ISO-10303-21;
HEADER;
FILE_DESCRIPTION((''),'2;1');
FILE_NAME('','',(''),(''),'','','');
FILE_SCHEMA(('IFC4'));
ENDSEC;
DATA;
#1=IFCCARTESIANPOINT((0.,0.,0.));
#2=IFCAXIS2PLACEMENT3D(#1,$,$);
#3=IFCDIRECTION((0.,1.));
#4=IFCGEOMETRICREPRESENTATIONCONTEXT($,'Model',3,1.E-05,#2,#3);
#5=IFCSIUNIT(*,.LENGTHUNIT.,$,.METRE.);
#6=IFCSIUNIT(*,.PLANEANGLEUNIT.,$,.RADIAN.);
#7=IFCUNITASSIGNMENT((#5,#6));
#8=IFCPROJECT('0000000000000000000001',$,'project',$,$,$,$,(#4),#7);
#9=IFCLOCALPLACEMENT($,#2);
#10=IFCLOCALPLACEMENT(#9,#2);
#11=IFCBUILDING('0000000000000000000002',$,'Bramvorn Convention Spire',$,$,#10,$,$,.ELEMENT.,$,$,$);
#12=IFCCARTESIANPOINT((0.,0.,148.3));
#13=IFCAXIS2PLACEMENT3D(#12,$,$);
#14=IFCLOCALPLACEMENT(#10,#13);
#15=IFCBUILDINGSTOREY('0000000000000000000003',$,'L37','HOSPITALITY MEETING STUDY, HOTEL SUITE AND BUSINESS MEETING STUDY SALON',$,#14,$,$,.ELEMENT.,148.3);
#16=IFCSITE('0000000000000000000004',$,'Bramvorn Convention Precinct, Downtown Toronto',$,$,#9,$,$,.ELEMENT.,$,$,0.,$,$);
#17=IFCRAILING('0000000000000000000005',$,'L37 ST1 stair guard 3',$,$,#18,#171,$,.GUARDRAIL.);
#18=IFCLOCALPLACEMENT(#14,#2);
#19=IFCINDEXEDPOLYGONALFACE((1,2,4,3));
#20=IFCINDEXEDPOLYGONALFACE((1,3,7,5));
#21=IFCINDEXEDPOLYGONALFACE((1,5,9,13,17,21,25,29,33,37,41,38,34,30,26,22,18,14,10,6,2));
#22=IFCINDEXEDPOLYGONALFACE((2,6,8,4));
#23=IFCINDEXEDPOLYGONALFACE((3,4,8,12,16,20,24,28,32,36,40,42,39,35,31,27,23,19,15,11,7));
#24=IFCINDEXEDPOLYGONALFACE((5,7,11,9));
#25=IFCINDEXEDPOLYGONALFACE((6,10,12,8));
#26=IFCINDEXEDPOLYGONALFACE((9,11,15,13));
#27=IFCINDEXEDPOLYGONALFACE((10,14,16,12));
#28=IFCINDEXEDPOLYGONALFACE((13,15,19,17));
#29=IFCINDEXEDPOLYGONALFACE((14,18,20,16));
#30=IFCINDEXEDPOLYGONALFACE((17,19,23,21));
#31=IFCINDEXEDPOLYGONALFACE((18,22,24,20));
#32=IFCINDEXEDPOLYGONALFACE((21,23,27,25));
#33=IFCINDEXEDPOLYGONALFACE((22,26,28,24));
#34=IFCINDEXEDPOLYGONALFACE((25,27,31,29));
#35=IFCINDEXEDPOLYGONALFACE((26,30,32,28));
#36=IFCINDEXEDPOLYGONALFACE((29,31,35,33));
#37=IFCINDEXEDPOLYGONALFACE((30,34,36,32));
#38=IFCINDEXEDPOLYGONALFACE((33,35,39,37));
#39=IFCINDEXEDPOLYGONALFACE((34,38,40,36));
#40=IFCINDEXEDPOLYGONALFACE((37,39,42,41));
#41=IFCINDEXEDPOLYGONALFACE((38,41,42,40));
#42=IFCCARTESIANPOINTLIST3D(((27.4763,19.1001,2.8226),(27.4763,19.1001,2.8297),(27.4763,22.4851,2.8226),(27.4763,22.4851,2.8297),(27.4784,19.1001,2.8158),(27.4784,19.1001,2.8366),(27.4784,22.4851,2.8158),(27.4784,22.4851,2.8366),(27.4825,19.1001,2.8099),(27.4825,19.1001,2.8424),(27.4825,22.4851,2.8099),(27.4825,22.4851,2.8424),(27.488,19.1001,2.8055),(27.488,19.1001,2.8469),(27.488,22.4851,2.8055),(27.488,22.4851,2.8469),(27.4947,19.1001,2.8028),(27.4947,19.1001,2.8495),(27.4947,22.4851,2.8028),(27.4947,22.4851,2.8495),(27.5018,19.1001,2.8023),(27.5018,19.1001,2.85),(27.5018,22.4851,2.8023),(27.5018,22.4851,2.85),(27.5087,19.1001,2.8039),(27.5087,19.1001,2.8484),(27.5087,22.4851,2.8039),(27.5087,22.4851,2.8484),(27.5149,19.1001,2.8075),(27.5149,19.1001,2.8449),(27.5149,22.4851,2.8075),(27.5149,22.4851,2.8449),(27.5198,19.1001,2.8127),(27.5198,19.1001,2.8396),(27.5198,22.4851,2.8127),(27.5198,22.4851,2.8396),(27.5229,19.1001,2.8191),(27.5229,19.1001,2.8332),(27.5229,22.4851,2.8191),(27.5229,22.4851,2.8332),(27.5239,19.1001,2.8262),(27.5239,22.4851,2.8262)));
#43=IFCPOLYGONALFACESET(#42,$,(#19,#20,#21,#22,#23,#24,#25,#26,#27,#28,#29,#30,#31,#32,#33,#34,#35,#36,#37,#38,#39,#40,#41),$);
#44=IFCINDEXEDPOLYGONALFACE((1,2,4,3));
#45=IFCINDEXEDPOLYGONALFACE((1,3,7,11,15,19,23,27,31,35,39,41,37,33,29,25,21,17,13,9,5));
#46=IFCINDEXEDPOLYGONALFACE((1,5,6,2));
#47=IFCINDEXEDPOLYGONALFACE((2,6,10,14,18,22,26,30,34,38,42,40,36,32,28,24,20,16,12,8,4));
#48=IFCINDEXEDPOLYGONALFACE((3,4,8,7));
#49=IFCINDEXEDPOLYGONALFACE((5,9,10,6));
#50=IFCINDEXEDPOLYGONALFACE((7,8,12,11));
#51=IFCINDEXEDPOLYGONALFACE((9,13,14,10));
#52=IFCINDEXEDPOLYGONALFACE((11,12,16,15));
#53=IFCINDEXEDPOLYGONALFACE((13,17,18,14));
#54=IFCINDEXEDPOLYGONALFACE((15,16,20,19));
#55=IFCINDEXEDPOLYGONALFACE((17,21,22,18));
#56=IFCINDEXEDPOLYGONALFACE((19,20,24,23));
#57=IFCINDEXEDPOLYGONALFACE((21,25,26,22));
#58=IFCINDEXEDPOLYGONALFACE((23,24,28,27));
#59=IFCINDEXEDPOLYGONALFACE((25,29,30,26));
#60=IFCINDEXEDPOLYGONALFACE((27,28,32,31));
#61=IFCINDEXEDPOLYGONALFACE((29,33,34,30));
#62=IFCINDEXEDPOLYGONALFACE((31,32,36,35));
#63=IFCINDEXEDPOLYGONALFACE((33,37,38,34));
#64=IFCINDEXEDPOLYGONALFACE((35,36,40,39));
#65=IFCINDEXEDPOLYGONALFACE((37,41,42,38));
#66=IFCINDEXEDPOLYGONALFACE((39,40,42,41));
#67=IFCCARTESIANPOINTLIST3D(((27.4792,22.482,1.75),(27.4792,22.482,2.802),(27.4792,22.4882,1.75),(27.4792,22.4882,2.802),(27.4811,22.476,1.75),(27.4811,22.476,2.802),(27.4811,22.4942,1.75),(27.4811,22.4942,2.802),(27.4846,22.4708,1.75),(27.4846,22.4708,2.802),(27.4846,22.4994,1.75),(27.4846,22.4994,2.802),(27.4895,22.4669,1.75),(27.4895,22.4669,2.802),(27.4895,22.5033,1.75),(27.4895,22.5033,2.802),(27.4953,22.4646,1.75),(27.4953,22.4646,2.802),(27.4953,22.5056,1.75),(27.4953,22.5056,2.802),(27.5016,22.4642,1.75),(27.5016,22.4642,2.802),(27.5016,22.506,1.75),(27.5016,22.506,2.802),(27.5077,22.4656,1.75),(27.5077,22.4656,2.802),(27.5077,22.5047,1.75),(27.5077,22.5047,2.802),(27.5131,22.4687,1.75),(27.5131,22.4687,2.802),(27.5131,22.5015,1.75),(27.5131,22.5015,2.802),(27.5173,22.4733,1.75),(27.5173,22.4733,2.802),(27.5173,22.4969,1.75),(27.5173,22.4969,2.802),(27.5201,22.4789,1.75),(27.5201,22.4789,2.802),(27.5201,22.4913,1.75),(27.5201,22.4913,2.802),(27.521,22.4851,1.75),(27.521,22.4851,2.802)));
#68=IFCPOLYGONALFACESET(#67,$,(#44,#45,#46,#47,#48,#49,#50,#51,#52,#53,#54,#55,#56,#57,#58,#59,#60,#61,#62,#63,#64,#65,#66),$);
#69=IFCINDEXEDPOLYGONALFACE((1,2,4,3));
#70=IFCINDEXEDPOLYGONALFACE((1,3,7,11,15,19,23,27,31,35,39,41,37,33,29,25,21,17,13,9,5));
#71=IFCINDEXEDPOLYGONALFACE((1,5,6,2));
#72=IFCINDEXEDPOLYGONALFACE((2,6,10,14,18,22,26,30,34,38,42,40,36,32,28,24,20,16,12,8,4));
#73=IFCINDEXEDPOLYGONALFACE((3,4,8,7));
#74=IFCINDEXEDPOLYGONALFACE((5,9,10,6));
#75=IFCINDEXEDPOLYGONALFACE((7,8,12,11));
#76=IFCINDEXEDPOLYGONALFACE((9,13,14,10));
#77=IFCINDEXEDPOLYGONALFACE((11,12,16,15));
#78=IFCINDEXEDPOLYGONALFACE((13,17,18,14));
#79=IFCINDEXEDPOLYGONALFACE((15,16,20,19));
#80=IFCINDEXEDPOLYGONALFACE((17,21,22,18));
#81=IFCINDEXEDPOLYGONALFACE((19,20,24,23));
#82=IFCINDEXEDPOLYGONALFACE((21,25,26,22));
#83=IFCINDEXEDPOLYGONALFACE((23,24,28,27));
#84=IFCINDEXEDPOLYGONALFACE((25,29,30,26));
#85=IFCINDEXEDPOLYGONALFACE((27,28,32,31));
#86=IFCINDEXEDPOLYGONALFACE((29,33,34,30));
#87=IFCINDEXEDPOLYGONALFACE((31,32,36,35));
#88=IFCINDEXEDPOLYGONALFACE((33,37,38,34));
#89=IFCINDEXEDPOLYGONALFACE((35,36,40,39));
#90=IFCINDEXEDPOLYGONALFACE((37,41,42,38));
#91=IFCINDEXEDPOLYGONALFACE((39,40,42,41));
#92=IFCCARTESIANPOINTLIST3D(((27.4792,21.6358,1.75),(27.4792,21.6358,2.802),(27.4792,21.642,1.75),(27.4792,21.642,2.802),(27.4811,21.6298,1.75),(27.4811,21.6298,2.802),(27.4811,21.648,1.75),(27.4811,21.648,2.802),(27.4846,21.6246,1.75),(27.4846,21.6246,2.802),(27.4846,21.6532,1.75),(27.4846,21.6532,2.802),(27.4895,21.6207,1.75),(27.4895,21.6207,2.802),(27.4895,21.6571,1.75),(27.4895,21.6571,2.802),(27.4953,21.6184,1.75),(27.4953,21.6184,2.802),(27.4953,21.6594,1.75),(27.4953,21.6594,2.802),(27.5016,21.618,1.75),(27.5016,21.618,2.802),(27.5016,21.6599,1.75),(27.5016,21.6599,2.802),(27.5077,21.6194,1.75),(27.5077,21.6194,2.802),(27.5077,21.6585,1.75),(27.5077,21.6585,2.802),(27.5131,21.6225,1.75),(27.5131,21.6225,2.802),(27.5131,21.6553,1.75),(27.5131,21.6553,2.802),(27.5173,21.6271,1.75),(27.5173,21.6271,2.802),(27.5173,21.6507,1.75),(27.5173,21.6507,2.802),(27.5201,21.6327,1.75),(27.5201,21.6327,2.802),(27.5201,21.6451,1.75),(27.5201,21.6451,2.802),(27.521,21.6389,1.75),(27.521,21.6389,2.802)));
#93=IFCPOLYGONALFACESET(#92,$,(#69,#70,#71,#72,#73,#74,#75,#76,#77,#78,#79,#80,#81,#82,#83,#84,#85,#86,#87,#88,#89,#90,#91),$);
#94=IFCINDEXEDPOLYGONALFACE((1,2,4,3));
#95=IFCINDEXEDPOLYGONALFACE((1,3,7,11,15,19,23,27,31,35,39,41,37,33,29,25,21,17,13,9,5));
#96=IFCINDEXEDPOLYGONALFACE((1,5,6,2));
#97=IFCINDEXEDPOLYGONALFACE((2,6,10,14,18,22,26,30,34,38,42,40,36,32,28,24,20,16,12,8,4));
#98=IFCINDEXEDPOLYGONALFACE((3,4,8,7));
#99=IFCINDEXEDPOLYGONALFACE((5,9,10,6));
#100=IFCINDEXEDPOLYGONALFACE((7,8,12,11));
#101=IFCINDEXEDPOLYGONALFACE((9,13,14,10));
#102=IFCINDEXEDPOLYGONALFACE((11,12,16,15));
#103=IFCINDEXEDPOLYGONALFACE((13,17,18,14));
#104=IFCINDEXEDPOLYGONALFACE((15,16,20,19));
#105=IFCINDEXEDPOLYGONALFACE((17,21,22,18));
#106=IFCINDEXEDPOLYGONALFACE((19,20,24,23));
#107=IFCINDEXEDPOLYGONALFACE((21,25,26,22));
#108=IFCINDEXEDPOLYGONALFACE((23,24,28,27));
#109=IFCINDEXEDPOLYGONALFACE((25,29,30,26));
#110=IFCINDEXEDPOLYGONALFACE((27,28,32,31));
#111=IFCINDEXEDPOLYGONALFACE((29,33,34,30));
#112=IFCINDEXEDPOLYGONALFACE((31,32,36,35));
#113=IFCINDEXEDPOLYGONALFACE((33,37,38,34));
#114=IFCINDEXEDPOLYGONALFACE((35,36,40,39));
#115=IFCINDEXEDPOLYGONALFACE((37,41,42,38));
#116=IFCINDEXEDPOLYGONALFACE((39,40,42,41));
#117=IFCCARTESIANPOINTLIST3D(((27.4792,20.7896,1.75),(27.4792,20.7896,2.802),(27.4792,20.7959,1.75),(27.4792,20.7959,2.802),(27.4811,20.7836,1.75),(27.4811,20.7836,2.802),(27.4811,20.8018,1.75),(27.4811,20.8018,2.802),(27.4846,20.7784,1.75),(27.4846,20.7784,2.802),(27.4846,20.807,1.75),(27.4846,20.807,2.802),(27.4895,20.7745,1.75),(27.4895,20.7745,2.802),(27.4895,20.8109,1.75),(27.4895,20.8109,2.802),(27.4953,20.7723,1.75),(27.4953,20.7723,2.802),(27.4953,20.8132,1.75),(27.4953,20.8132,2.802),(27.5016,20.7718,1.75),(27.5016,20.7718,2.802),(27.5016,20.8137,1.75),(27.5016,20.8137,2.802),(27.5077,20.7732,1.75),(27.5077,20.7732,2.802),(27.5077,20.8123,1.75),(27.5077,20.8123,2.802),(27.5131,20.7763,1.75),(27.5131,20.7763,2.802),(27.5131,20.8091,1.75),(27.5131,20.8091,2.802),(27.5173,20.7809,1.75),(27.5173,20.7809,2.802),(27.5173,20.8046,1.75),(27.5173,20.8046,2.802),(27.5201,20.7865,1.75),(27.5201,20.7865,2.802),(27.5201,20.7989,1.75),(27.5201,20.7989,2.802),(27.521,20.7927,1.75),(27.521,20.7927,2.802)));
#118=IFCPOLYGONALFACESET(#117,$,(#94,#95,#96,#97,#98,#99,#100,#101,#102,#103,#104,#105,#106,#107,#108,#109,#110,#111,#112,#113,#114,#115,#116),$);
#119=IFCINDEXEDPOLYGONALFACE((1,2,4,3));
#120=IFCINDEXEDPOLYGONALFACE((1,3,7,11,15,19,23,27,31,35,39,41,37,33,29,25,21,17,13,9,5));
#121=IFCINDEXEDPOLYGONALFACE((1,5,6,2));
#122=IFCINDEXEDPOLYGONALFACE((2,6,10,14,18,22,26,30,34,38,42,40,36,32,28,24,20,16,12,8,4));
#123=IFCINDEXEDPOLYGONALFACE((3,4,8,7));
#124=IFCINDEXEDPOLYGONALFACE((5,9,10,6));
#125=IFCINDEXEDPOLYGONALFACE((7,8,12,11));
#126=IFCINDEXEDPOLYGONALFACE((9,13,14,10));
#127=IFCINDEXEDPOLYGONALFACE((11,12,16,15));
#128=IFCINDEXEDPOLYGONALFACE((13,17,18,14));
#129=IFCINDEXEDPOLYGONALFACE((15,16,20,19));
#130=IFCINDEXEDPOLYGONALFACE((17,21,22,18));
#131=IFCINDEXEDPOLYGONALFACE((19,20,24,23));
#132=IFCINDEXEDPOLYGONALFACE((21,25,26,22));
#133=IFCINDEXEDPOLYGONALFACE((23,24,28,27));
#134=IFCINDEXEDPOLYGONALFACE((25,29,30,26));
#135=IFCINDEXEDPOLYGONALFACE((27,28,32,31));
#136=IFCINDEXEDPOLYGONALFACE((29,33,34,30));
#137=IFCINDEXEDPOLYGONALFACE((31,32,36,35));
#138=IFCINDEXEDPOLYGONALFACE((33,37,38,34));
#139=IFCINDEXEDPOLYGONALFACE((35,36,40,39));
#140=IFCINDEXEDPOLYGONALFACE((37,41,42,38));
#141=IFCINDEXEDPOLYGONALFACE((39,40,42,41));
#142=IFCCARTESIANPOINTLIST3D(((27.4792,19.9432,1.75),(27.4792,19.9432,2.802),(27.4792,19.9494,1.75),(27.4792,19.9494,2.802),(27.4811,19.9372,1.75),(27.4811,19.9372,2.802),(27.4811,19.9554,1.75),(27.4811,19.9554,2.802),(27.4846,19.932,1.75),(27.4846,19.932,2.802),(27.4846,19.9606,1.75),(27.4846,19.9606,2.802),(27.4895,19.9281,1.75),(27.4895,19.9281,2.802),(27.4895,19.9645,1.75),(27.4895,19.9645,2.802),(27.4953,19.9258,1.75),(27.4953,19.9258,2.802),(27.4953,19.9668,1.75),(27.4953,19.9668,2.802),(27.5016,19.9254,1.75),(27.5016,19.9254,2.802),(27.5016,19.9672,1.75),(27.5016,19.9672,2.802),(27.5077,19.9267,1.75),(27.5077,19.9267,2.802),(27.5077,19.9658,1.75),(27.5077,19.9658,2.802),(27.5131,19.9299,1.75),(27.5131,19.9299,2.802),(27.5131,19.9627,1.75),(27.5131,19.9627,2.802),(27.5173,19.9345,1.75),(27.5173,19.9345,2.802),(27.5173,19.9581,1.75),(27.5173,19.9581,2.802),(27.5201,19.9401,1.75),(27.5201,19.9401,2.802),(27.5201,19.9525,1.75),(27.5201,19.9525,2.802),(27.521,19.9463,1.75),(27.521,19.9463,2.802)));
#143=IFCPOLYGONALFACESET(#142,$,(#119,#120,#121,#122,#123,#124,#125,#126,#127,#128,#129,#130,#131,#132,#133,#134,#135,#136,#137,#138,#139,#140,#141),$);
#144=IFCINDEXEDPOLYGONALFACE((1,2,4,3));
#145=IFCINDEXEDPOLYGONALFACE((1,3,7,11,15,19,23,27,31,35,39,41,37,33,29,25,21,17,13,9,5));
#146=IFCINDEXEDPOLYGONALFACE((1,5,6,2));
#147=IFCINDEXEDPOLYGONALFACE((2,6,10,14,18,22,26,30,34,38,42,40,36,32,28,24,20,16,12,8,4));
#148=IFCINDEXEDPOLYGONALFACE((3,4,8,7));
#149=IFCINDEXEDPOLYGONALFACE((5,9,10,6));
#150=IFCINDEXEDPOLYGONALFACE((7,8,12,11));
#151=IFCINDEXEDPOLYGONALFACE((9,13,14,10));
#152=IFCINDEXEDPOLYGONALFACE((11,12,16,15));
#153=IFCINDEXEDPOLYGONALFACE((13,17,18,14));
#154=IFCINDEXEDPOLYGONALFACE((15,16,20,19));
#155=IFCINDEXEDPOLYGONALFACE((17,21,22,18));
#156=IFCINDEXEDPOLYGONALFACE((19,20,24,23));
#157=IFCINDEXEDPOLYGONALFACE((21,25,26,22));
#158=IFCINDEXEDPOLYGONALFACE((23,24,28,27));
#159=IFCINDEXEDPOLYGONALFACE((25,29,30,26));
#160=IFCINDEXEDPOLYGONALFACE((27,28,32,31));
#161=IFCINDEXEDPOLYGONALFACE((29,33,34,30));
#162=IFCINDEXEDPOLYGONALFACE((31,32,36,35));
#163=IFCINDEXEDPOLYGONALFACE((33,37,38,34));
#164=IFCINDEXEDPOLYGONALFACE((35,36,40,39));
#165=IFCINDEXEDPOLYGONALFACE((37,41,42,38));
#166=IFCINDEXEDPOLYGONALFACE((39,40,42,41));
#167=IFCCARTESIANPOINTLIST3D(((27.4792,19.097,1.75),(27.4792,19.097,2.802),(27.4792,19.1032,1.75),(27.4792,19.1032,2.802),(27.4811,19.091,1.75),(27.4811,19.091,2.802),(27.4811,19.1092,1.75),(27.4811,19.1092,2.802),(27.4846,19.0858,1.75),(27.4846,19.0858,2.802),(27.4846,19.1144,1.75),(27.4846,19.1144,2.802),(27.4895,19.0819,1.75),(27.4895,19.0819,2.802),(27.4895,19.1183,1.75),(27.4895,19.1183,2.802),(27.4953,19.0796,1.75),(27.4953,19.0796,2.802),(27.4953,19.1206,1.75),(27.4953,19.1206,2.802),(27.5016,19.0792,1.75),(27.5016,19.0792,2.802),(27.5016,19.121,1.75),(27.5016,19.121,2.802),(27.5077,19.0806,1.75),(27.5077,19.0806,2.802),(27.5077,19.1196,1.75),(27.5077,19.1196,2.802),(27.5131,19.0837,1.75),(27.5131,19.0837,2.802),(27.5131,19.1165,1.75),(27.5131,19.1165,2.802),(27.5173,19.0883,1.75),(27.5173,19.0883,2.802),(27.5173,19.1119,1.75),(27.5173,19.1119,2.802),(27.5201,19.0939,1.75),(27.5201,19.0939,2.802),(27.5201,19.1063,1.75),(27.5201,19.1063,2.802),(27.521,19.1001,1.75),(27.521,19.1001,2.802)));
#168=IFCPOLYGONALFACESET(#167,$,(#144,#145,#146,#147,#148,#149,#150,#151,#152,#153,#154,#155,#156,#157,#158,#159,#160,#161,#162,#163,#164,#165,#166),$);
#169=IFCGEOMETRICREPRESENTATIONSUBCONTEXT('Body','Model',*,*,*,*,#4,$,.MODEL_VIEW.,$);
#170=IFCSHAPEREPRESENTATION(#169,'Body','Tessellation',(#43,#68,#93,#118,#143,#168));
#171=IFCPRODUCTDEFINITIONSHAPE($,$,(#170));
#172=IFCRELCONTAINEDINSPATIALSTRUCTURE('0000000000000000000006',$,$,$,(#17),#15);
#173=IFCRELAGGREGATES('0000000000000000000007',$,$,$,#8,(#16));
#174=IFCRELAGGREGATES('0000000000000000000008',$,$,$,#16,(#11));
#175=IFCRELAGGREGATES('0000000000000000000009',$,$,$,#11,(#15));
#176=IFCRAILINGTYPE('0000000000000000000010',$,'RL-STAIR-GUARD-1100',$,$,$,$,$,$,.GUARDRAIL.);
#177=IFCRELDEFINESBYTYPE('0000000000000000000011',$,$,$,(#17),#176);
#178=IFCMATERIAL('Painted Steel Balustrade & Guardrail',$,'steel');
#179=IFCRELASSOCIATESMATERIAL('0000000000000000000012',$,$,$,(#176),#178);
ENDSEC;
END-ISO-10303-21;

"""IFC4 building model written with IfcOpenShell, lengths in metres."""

from ifc_helpers import new_model, si_unit, direction, frame, origin, origin_2d, place, context, subcontext, project, spatial, circle, extrude, material, type_object, element, save


model = new_model("IFC4")

# Units and contexts
model_context = context("Model", 3, precision=1e-05, world=origin(), true_north=direction((0.0, 1.0)))
body_context = subcontext(model_context, "Body", "Model", "MODEL_VIEW")
ifc_project = project(units=[si_unit("LENGTHUNIT", "METRE"), si_unit("PLANEANGLEUNIT", "RADIAN")], contexts=[model_context])

# Site, building, storey
site_placement = place(None, origin())
site = spatial("IfcSite", under=ifc_project, at=site_placement, Name="Bramvorn Convention Precinct, Downtown Toronto", CompositionType="ELEMENT", RefElevation=0.0)
building_placement = place(site_placement, origin())
building = spatial("IfcBuilding", under=site, at=building_placement, Name="Bramvorn Convention Spire", CompositionType="ELEMENT")
storey_placement = place(building_placement, frame((0.0, 0.0, 148.3)))
storey = spatial("IfcBuildingStorey", under=building, at=storey_placement, Name="L37", Description="HOSPITALITY MEETING STUDY, HOTEL SUITE AND BUSINESS MEETING STUDY SALON", CompositionType="ELEMENT", Elevation=148.3)

# Railing
ifc_material_1 = material(Name="Painted Steel Balustrade & Guardrail", Category="steel")
railing_type_1 = type_object("IfcRailingType", Name="RL-STAIR-GUARD-1100", PredefinedType="GUARDRAIL", material=ifc_material_1)
for number, where, name in (
    (1, (27.5, 22.4851, 1.75), "L37 ST1 stair guard 3"),
):
    element("IfcRailing", number, at=place(storey_placement, frame(where)), inside=storey, type_object=railing_type_1, Name=name, PredefinedType="GUARDRAIL", context=body_context, shape_type="SweptSolid", body=[
        extrude(circle(Radius=0.0239, at=origin_2d()), frame((0.0, 0.0, 1.0762), z_axis=(0.0, -1.0, 0.0), x_axis=(1.0, 0.0, 0.0)), (0.0, 0.0, 1.0), 3.385),
        extrude(circle(Radius=0.021, at=origin_2d()), origin(), (0.0, 0.0, 1.0), 1.052),
        extrude(circle(Radius=0.021, at=origin_2d()), frame((0.0, -0.8462, 0.0)), (0.0, 0.0, 1.0), 1.052),
        extrude(circle(Radius=0.021, at=origin_2d()), frame((0.0, -1.6924, 0.0)), (0.0, 0.0, 1.0), 1.052),
        extrude(circle(Radius=0.021, at=origin_2d()), frame((0.0, -2.5388, 0.0)), (0.0, 0.0, 1.0), 1.052),
        extrude(circle(Radius=0.021, at=origin_2d()), frame((0.0, -3.385, 0.0)), (0.0, 0.0, 1.0), 1.052),
    ])

save(model, "model.ifc")
